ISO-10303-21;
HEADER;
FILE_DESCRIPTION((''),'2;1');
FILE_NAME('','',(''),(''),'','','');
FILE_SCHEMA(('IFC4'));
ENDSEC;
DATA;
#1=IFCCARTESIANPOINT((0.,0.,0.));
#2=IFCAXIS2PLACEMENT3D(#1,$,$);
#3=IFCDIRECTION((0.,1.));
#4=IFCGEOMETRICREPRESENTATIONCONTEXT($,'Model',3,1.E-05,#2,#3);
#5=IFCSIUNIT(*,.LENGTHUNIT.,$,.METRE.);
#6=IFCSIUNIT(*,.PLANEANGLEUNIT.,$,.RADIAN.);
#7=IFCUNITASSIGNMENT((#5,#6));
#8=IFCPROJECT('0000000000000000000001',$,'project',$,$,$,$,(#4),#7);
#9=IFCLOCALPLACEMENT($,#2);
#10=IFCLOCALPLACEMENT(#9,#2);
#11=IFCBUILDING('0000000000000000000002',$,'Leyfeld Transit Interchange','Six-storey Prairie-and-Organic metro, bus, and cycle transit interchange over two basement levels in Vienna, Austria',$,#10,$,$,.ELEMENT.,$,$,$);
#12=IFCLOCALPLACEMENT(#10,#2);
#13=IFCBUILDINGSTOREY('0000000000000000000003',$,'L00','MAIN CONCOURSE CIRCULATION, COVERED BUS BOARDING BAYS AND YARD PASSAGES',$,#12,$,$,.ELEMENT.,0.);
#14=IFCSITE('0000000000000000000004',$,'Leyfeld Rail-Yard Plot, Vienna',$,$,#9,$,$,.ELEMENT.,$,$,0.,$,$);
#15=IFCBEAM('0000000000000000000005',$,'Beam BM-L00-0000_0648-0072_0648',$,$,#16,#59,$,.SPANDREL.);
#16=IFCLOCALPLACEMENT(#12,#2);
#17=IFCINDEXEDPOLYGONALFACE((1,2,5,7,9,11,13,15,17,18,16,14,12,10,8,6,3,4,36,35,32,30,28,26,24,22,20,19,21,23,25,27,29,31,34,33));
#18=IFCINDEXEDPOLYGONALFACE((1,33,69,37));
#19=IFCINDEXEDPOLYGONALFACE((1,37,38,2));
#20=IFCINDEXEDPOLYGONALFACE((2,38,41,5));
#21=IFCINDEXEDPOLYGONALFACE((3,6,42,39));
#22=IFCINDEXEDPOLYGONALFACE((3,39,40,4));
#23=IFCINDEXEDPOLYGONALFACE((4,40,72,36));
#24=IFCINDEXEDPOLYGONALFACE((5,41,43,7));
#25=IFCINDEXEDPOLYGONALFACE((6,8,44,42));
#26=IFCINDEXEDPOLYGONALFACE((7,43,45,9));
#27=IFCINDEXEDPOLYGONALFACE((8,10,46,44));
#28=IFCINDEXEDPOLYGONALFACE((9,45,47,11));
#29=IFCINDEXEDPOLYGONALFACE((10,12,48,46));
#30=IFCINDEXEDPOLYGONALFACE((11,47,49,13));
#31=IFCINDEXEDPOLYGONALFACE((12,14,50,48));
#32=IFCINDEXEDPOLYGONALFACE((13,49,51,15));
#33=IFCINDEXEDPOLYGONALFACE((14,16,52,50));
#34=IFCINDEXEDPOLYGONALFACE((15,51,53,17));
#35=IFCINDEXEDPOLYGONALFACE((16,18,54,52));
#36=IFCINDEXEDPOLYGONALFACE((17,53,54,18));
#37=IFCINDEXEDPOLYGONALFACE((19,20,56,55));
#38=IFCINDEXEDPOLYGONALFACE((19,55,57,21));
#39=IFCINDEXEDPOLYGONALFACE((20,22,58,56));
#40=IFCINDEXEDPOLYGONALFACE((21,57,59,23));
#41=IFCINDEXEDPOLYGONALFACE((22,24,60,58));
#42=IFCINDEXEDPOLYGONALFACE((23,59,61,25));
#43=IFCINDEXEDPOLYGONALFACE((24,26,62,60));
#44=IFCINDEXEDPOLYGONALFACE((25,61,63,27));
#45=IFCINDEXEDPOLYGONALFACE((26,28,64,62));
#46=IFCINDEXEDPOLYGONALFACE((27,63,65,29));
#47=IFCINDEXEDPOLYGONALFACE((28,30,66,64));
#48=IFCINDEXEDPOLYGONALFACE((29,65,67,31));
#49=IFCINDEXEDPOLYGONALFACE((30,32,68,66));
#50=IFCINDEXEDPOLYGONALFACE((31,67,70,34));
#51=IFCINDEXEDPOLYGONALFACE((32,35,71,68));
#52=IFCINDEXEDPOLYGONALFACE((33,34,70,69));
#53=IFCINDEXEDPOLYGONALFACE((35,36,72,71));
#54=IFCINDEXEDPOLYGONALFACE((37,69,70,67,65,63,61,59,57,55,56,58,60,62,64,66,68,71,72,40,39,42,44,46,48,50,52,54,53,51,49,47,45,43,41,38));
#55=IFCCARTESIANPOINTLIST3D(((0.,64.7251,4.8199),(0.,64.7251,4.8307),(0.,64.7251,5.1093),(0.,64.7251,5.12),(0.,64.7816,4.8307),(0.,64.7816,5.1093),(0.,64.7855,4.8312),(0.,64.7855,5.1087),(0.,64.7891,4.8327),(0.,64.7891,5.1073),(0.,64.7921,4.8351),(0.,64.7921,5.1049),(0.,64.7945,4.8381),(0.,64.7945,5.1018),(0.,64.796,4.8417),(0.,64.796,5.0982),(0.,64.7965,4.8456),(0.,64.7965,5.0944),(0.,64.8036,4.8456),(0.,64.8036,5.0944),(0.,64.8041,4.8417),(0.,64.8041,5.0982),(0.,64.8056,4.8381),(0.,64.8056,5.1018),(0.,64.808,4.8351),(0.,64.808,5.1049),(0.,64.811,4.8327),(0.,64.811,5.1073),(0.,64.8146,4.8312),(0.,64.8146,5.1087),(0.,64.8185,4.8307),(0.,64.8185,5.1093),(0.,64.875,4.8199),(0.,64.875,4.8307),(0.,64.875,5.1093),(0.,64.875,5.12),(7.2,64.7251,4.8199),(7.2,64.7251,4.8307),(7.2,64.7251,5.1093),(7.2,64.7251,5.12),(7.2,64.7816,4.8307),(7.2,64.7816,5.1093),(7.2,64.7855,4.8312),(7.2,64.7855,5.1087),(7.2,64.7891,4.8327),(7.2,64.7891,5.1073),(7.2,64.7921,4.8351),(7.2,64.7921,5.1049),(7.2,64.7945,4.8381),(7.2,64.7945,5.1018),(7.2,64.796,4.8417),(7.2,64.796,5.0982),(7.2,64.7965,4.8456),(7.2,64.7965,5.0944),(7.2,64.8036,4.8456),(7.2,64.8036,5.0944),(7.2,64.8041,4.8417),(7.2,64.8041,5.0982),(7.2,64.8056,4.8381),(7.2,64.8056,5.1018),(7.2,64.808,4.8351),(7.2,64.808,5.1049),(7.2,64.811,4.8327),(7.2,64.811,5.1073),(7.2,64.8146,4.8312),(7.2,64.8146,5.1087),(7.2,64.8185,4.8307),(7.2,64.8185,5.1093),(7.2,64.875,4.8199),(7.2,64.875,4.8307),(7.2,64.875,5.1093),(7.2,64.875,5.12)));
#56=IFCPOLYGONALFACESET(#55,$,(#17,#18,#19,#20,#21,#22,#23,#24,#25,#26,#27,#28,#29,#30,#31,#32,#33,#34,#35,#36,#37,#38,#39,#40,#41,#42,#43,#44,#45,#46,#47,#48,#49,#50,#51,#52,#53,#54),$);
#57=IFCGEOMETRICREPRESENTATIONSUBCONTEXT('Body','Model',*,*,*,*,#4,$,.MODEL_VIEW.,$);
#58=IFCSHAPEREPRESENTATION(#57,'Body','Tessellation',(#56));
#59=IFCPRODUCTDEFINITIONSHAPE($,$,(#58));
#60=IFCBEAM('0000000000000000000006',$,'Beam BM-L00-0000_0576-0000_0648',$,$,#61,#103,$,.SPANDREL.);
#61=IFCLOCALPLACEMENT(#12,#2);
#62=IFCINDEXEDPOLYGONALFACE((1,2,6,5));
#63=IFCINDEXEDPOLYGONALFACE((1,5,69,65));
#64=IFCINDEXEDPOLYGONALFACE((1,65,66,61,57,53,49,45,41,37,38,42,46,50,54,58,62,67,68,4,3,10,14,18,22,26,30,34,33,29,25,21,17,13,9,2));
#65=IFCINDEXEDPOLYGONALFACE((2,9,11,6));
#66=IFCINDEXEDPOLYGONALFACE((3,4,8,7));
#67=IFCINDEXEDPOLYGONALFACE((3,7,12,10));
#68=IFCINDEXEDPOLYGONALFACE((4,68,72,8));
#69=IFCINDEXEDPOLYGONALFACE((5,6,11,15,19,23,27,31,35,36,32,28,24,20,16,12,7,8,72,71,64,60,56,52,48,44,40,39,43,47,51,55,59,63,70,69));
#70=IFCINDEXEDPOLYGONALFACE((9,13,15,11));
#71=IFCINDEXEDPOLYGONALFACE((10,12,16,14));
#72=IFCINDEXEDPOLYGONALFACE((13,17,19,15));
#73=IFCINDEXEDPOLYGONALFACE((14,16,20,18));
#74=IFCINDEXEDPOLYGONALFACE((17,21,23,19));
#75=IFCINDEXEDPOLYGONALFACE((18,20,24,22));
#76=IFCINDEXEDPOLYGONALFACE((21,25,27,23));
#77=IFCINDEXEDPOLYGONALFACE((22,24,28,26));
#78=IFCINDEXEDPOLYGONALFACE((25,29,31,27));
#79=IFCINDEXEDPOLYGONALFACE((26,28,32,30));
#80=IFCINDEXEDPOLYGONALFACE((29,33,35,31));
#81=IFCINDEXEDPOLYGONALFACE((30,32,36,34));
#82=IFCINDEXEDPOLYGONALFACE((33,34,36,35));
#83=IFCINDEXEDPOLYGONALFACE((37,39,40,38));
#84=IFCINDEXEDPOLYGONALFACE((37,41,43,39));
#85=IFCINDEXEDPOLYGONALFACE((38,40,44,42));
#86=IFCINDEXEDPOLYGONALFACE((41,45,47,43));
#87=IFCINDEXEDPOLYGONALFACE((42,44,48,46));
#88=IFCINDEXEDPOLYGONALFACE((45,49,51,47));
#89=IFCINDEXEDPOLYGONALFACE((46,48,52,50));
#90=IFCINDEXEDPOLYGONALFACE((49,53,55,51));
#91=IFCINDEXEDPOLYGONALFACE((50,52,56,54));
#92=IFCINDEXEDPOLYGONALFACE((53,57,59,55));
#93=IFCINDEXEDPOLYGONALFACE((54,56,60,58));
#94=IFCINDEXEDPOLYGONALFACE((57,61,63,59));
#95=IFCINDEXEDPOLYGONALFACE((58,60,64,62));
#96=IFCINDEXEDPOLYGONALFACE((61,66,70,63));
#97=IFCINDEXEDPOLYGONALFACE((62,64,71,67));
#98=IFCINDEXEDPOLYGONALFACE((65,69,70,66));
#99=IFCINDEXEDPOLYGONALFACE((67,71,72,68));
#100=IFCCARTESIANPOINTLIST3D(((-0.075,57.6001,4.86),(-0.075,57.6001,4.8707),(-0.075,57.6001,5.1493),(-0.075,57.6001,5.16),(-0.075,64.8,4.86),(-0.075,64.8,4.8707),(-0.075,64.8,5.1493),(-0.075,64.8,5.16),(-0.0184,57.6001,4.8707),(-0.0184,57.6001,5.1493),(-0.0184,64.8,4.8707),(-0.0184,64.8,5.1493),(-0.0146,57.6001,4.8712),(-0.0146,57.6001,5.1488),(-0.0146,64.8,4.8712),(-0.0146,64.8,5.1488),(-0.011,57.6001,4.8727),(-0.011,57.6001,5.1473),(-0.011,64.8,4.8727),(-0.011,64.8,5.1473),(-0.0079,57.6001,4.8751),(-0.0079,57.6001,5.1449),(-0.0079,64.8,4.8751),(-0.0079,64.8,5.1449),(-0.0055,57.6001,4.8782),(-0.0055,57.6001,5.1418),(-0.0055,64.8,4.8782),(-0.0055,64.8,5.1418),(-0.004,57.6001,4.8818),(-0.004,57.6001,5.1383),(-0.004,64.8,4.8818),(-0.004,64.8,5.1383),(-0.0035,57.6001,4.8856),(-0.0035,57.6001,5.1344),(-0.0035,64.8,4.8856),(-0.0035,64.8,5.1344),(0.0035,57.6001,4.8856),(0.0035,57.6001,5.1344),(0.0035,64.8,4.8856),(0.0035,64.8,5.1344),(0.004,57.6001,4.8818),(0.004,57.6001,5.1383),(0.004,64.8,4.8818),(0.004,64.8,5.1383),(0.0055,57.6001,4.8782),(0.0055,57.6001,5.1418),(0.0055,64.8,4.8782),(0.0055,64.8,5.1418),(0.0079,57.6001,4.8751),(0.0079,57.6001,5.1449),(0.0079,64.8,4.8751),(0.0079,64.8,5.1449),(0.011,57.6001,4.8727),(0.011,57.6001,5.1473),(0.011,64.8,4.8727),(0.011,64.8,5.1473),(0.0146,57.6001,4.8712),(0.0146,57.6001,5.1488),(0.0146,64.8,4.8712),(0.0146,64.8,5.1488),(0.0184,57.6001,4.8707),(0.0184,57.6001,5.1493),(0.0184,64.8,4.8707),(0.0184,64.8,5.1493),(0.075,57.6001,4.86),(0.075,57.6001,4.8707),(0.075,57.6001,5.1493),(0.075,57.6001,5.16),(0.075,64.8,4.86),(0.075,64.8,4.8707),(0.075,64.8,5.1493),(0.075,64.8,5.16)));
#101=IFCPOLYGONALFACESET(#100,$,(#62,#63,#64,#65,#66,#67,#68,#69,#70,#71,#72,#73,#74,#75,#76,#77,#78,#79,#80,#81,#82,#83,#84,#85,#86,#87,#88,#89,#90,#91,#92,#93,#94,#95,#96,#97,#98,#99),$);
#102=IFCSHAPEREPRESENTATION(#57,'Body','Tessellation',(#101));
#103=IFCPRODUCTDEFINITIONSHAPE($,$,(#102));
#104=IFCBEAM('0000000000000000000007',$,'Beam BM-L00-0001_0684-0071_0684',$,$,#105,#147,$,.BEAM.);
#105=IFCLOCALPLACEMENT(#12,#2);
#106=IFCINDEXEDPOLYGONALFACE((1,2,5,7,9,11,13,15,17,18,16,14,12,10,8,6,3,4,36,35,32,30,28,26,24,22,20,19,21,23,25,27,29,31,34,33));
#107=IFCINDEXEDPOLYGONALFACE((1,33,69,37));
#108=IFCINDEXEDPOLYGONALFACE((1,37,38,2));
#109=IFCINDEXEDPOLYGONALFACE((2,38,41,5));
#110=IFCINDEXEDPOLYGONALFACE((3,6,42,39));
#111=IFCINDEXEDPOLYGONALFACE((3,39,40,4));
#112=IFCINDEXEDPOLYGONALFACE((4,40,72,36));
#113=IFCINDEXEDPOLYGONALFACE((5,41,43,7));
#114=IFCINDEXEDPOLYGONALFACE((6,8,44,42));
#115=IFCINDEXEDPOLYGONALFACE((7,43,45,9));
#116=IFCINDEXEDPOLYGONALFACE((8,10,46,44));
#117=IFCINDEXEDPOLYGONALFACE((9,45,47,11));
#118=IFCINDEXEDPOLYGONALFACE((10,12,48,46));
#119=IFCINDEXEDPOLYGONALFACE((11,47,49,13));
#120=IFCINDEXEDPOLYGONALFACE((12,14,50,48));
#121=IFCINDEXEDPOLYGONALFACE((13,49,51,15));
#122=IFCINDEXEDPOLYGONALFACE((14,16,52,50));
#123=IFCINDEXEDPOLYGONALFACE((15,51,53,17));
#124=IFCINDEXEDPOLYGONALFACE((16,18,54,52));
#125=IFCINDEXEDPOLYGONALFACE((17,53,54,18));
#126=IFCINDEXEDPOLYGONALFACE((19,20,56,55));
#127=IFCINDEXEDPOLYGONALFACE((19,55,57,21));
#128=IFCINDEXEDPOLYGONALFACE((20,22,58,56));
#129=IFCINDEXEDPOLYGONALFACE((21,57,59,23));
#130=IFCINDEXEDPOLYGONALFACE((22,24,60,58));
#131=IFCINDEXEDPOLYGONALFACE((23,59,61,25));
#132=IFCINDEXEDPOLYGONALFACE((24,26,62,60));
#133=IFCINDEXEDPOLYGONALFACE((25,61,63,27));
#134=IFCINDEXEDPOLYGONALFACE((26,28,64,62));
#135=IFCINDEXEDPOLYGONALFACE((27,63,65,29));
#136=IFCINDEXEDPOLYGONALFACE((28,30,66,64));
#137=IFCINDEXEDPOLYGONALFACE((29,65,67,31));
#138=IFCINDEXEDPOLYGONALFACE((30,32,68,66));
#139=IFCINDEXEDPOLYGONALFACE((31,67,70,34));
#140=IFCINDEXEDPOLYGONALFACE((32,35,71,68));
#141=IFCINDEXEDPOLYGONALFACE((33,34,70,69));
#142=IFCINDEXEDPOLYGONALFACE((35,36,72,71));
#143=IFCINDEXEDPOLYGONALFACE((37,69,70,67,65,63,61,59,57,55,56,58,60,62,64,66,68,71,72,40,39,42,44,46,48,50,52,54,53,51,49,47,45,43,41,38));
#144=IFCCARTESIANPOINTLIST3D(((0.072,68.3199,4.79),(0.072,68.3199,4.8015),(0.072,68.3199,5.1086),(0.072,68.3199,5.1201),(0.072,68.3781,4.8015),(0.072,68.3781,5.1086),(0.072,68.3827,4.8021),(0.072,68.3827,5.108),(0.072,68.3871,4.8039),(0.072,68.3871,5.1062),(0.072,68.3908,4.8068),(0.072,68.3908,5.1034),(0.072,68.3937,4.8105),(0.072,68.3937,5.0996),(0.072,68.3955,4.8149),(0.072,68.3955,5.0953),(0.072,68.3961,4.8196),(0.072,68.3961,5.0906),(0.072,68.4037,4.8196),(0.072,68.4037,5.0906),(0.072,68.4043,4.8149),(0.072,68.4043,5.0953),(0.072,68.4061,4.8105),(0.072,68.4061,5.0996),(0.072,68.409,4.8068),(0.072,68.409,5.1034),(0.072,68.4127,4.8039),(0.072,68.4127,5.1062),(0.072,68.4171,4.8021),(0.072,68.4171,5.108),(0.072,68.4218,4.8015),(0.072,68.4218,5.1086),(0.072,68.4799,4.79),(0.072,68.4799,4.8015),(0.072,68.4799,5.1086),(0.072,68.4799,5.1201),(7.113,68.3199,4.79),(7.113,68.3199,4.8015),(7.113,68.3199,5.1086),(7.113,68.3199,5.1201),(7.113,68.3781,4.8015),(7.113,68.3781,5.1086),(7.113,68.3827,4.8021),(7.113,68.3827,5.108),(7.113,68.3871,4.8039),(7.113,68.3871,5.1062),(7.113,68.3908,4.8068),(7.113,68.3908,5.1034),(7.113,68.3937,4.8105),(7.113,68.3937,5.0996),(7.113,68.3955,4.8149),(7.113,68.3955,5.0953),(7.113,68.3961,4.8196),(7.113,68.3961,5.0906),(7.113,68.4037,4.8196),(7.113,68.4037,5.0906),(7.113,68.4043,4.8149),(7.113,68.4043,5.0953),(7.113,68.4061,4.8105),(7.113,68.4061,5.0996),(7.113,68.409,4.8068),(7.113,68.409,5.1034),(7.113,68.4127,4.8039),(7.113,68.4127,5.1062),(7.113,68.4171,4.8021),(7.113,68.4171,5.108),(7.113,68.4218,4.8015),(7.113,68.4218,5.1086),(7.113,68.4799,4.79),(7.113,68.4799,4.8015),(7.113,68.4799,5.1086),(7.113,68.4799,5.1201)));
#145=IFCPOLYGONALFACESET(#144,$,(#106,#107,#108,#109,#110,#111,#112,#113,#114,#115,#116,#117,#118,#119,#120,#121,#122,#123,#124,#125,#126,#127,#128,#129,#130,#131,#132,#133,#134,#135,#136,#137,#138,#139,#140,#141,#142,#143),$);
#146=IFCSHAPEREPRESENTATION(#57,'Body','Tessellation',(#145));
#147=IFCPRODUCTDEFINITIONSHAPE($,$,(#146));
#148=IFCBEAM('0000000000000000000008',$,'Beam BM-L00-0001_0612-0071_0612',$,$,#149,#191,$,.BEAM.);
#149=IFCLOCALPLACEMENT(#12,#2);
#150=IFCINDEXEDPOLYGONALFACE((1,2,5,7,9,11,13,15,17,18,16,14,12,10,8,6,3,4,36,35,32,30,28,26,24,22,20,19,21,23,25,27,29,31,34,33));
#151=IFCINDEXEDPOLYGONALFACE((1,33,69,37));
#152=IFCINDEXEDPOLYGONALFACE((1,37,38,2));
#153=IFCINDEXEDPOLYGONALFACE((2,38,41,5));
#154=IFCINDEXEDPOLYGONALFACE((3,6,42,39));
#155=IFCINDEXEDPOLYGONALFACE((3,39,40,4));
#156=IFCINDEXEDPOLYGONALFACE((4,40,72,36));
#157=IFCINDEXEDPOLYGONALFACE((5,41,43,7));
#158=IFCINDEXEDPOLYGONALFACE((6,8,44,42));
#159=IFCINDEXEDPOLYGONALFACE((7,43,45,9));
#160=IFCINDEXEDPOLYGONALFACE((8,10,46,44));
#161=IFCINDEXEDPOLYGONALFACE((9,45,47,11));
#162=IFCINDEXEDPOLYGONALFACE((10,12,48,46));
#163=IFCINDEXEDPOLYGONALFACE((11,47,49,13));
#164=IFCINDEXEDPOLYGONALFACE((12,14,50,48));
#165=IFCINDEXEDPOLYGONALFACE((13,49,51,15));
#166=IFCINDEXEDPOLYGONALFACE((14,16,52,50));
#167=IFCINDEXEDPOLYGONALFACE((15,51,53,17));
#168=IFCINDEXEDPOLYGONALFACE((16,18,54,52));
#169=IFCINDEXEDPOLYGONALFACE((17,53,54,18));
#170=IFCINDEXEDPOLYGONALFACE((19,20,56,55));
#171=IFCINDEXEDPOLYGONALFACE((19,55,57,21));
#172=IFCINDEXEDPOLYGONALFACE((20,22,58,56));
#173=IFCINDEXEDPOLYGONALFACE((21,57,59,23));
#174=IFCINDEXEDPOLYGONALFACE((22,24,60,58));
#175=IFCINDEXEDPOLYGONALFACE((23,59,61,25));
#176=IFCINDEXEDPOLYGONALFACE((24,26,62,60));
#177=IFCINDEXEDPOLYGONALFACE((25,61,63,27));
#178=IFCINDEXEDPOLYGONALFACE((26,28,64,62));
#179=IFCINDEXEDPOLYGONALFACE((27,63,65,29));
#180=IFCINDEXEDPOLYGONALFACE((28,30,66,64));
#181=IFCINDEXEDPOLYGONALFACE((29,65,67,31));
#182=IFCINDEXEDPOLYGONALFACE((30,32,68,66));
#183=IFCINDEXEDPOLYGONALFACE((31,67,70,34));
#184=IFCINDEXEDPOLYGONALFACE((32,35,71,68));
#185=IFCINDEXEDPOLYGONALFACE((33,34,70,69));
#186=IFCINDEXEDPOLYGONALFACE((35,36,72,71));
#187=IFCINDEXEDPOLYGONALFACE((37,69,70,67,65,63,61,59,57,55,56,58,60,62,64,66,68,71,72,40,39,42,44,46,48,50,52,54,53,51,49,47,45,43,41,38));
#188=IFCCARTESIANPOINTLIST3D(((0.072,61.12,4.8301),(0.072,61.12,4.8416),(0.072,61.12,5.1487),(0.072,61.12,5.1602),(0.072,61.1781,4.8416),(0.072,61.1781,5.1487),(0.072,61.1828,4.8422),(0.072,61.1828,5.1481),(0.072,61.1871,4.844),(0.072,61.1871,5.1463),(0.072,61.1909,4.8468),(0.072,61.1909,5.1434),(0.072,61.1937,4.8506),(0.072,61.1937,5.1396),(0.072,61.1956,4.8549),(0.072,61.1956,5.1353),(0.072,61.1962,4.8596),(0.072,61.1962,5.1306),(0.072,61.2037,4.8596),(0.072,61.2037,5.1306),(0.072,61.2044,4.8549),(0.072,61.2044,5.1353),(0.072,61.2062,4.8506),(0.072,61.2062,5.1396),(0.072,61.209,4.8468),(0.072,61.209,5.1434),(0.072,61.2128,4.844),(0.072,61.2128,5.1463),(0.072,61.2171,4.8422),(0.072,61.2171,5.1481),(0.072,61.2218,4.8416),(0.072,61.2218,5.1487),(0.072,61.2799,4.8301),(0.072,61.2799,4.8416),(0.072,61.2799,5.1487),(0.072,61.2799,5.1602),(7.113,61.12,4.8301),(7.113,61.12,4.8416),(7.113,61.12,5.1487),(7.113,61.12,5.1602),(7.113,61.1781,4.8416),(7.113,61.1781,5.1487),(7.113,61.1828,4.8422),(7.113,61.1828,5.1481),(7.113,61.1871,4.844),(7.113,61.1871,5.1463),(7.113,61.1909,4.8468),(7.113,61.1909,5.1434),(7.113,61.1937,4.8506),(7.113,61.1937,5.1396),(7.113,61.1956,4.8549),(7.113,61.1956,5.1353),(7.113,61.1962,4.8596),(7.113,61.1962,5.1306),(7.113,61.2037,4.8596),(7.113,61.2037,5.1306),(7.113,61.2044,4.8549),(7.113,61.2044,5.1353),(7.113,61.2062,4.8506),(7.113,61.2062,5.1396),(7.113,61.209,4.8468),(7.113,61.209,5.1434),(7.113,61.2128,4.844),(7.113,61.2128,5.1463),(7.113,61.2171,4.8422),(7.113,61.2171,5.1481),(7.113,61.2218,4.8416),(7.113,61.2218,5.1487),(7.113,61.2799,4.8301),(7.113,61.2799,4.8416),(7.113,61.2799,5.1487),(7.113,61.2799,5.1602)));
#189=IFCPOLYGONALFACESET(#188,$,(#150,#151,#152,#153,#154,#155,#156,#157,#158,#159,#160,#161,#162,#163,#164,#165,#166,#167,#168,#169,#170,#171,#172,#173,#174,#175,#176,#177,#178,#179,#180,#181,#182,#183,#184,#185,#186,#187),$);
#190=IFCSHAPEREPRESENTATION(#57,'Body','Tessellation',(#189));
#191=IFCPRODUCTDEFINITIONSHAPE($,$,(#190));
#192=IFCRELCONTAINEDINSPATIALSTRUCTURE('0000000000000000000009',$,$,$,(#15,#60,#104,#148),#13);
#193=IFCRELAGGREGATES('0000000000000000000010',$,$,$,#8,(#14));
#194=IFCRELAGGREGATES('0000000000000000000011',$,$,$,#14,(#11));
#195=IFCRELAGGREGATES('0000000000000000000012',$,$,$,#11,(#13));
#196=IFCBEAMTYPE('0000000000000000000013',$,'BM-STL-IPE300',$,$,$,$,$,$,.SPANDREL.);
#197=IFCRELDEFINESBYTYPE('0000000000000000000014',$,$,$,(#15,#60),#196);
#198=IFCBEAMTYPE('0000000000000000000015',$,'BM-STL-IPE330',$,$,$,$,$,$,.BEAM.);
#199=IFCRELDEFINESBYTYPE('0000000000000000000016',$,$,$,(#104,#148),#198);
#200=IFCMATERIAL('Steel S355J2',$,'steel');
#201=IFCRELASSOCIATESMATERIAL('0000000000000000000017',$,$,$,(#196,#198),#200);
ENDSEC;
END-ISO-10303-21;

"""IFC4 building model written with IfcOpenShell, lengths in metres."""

from ifc_helpers import new_model, si_unit, direction, frame, origin, origin_2d, place, context, subcontext, project, spatial, i_section, extrude, material, material_profile, profile_set, type_object, element, save


model = new_model("IFC4")

# Units and contexts
model_context = context("Model", 3, precision=1e-05, world=origin(), true_north=direction((0.0, 1.0)))
body_context = subcontext(model_context, "Body", "Model", "MODEL_VIEW")
ifc_project = project(units=[si_unit("LENGTHUNIT", "METRE"), si_unit("PLANEANGLEUNIT", "RADIAN")], contexts=[model_context])

# Site, building, storey
site_placement = place(None, origin())
site = spatial("IfcSite", under=ifc_project, at=site_placement, Name="Leyfeld Rail-Yard Plot, Vienna", CompositionType="ELEMENT", RefElevation=0.0)
building_placement = place(site_placement, origin())
building = spatial("IfcBuilding", under=site, at=building_placement, Name="Leyfeld Transit Interchange", Description="Six-storey Prairie-and-Organic metro, bus, and cycle transit interchange over two basement levels in Vienna, Austria", CompositionType="ELEMENT")
storey_placement = place(building_placement, origin())
storey = spatial("IfcBuildingStorey", under=building, at=storey_placement, Name="L00", Description="MAIN CONCOURSE CIRCULATION, COVERED BUS BOARDING BAYS AND YARD PASSAGES", CompositionType="ELEMENT", Elevation=0.0)

# Shared definitions
ifc_material_1 = material(Name="Steel S355J2", Category="steel")

# Beams
ifc_material_profile_1 = material_profile(ifc_material_1, i_section(OverallWidth=0.1499, OverallDepth=0.3, WebThickness=0.0071, FlangeThickness=0.0107, FilletRadius=0.0149, at=origin_2d()), Name="IPE 300")
ifc_profile_set_1 = profile_set([ifc_material_profile_1], Name="Steel S355J2")
beam_type_1 = type_object("IfcBeamType", Name="BM-STL-IPE300", PredefinedType="SPANDREL", material=ifc_profile_set_1)
for number, where, z_axis, x_axis, name in (
    (1, (0.0, 64.8, 4.97), (1.0, 0.0, 0.0), (0.0, 1.0, 0.0), "Beam BM-L00-0000_0648-0072_0648"),
    (2, (0.0, 57.6001, 5.01), (0.0, 1.0, 0.0), (-1.0, 0.0, 0.0), "Beam BM-L00-0000_0576-0000_0648"),
):
    element("IfcBeam", number, at=place(storey_placement, frame(where, z_axis=z_axis, x_axis=x_axis)), inside=storey, type_object=beam_type_1, Name=name, PredefinedType="SPANDREL", context=body_context, shape_type="SweptSolid", body=[
        extrude(i_section(OverallWidth=0.1499, OverallDepth=0.3, WebThickness=0.0071, FlangeThickness=0.0107, FilletRadius=0.0149, at=origin_2d()), origin(), (0.0, 0.0, 1.0), 7.2),
    ])
ifc_material_profile_2 = material_profile(ifc_material_1, i_section(OverallWidth=0.1599, OverallDepth=0.3301, WebThickness=0.0076, FlangeThickness=0.0115, FilletRadius=0.0181, at=origin_2d()), Name="IPE 330")
ifc_profile_set_2 = profile_set([ifc_material_profile_2], Name="Steel S355J2")
beam_type_2 = type_object("IfcBeamType", Name="BM-STL-IPE330", PredefinedType="BEAM", material=ifc_profile_set_2)
for number, where, z_axis, x_axis, name in (
    (3, (0.072, 68.3999, 4.9551), (1.0, 0.0, 0.0), (0.0, 1.0, 0.0), "Beam BM-L00-0001_0684-0071_0684"),
    (4, (0.072, 61.2, 4.9951), (1.0, 0.0, 0.0), (0.0, 1.0, 0.0), "Beam BM-L00-0001_0612-0071_0612"),
):
    element("IfcBeam", number, at=place(storey_placement, frame(where, z_axis=z_axis, x_axis=x_axis)), inside=storey, type_object=beam_type_2, Name=name, PredefinedType="BEAM", context=body_context, shape_type="SweptSolid", body=[
        extrude(i_section(OverallWidth=0.1599, OverallDepth=0.3301, WebThickness=0.0076, FlangeThickness=0.0115, FilletRadius=0.0181, at=origin_2d()), origin(), (0.0, 0.0, 1.0), 7.041),
    ])

save(model, "model.ifc")
